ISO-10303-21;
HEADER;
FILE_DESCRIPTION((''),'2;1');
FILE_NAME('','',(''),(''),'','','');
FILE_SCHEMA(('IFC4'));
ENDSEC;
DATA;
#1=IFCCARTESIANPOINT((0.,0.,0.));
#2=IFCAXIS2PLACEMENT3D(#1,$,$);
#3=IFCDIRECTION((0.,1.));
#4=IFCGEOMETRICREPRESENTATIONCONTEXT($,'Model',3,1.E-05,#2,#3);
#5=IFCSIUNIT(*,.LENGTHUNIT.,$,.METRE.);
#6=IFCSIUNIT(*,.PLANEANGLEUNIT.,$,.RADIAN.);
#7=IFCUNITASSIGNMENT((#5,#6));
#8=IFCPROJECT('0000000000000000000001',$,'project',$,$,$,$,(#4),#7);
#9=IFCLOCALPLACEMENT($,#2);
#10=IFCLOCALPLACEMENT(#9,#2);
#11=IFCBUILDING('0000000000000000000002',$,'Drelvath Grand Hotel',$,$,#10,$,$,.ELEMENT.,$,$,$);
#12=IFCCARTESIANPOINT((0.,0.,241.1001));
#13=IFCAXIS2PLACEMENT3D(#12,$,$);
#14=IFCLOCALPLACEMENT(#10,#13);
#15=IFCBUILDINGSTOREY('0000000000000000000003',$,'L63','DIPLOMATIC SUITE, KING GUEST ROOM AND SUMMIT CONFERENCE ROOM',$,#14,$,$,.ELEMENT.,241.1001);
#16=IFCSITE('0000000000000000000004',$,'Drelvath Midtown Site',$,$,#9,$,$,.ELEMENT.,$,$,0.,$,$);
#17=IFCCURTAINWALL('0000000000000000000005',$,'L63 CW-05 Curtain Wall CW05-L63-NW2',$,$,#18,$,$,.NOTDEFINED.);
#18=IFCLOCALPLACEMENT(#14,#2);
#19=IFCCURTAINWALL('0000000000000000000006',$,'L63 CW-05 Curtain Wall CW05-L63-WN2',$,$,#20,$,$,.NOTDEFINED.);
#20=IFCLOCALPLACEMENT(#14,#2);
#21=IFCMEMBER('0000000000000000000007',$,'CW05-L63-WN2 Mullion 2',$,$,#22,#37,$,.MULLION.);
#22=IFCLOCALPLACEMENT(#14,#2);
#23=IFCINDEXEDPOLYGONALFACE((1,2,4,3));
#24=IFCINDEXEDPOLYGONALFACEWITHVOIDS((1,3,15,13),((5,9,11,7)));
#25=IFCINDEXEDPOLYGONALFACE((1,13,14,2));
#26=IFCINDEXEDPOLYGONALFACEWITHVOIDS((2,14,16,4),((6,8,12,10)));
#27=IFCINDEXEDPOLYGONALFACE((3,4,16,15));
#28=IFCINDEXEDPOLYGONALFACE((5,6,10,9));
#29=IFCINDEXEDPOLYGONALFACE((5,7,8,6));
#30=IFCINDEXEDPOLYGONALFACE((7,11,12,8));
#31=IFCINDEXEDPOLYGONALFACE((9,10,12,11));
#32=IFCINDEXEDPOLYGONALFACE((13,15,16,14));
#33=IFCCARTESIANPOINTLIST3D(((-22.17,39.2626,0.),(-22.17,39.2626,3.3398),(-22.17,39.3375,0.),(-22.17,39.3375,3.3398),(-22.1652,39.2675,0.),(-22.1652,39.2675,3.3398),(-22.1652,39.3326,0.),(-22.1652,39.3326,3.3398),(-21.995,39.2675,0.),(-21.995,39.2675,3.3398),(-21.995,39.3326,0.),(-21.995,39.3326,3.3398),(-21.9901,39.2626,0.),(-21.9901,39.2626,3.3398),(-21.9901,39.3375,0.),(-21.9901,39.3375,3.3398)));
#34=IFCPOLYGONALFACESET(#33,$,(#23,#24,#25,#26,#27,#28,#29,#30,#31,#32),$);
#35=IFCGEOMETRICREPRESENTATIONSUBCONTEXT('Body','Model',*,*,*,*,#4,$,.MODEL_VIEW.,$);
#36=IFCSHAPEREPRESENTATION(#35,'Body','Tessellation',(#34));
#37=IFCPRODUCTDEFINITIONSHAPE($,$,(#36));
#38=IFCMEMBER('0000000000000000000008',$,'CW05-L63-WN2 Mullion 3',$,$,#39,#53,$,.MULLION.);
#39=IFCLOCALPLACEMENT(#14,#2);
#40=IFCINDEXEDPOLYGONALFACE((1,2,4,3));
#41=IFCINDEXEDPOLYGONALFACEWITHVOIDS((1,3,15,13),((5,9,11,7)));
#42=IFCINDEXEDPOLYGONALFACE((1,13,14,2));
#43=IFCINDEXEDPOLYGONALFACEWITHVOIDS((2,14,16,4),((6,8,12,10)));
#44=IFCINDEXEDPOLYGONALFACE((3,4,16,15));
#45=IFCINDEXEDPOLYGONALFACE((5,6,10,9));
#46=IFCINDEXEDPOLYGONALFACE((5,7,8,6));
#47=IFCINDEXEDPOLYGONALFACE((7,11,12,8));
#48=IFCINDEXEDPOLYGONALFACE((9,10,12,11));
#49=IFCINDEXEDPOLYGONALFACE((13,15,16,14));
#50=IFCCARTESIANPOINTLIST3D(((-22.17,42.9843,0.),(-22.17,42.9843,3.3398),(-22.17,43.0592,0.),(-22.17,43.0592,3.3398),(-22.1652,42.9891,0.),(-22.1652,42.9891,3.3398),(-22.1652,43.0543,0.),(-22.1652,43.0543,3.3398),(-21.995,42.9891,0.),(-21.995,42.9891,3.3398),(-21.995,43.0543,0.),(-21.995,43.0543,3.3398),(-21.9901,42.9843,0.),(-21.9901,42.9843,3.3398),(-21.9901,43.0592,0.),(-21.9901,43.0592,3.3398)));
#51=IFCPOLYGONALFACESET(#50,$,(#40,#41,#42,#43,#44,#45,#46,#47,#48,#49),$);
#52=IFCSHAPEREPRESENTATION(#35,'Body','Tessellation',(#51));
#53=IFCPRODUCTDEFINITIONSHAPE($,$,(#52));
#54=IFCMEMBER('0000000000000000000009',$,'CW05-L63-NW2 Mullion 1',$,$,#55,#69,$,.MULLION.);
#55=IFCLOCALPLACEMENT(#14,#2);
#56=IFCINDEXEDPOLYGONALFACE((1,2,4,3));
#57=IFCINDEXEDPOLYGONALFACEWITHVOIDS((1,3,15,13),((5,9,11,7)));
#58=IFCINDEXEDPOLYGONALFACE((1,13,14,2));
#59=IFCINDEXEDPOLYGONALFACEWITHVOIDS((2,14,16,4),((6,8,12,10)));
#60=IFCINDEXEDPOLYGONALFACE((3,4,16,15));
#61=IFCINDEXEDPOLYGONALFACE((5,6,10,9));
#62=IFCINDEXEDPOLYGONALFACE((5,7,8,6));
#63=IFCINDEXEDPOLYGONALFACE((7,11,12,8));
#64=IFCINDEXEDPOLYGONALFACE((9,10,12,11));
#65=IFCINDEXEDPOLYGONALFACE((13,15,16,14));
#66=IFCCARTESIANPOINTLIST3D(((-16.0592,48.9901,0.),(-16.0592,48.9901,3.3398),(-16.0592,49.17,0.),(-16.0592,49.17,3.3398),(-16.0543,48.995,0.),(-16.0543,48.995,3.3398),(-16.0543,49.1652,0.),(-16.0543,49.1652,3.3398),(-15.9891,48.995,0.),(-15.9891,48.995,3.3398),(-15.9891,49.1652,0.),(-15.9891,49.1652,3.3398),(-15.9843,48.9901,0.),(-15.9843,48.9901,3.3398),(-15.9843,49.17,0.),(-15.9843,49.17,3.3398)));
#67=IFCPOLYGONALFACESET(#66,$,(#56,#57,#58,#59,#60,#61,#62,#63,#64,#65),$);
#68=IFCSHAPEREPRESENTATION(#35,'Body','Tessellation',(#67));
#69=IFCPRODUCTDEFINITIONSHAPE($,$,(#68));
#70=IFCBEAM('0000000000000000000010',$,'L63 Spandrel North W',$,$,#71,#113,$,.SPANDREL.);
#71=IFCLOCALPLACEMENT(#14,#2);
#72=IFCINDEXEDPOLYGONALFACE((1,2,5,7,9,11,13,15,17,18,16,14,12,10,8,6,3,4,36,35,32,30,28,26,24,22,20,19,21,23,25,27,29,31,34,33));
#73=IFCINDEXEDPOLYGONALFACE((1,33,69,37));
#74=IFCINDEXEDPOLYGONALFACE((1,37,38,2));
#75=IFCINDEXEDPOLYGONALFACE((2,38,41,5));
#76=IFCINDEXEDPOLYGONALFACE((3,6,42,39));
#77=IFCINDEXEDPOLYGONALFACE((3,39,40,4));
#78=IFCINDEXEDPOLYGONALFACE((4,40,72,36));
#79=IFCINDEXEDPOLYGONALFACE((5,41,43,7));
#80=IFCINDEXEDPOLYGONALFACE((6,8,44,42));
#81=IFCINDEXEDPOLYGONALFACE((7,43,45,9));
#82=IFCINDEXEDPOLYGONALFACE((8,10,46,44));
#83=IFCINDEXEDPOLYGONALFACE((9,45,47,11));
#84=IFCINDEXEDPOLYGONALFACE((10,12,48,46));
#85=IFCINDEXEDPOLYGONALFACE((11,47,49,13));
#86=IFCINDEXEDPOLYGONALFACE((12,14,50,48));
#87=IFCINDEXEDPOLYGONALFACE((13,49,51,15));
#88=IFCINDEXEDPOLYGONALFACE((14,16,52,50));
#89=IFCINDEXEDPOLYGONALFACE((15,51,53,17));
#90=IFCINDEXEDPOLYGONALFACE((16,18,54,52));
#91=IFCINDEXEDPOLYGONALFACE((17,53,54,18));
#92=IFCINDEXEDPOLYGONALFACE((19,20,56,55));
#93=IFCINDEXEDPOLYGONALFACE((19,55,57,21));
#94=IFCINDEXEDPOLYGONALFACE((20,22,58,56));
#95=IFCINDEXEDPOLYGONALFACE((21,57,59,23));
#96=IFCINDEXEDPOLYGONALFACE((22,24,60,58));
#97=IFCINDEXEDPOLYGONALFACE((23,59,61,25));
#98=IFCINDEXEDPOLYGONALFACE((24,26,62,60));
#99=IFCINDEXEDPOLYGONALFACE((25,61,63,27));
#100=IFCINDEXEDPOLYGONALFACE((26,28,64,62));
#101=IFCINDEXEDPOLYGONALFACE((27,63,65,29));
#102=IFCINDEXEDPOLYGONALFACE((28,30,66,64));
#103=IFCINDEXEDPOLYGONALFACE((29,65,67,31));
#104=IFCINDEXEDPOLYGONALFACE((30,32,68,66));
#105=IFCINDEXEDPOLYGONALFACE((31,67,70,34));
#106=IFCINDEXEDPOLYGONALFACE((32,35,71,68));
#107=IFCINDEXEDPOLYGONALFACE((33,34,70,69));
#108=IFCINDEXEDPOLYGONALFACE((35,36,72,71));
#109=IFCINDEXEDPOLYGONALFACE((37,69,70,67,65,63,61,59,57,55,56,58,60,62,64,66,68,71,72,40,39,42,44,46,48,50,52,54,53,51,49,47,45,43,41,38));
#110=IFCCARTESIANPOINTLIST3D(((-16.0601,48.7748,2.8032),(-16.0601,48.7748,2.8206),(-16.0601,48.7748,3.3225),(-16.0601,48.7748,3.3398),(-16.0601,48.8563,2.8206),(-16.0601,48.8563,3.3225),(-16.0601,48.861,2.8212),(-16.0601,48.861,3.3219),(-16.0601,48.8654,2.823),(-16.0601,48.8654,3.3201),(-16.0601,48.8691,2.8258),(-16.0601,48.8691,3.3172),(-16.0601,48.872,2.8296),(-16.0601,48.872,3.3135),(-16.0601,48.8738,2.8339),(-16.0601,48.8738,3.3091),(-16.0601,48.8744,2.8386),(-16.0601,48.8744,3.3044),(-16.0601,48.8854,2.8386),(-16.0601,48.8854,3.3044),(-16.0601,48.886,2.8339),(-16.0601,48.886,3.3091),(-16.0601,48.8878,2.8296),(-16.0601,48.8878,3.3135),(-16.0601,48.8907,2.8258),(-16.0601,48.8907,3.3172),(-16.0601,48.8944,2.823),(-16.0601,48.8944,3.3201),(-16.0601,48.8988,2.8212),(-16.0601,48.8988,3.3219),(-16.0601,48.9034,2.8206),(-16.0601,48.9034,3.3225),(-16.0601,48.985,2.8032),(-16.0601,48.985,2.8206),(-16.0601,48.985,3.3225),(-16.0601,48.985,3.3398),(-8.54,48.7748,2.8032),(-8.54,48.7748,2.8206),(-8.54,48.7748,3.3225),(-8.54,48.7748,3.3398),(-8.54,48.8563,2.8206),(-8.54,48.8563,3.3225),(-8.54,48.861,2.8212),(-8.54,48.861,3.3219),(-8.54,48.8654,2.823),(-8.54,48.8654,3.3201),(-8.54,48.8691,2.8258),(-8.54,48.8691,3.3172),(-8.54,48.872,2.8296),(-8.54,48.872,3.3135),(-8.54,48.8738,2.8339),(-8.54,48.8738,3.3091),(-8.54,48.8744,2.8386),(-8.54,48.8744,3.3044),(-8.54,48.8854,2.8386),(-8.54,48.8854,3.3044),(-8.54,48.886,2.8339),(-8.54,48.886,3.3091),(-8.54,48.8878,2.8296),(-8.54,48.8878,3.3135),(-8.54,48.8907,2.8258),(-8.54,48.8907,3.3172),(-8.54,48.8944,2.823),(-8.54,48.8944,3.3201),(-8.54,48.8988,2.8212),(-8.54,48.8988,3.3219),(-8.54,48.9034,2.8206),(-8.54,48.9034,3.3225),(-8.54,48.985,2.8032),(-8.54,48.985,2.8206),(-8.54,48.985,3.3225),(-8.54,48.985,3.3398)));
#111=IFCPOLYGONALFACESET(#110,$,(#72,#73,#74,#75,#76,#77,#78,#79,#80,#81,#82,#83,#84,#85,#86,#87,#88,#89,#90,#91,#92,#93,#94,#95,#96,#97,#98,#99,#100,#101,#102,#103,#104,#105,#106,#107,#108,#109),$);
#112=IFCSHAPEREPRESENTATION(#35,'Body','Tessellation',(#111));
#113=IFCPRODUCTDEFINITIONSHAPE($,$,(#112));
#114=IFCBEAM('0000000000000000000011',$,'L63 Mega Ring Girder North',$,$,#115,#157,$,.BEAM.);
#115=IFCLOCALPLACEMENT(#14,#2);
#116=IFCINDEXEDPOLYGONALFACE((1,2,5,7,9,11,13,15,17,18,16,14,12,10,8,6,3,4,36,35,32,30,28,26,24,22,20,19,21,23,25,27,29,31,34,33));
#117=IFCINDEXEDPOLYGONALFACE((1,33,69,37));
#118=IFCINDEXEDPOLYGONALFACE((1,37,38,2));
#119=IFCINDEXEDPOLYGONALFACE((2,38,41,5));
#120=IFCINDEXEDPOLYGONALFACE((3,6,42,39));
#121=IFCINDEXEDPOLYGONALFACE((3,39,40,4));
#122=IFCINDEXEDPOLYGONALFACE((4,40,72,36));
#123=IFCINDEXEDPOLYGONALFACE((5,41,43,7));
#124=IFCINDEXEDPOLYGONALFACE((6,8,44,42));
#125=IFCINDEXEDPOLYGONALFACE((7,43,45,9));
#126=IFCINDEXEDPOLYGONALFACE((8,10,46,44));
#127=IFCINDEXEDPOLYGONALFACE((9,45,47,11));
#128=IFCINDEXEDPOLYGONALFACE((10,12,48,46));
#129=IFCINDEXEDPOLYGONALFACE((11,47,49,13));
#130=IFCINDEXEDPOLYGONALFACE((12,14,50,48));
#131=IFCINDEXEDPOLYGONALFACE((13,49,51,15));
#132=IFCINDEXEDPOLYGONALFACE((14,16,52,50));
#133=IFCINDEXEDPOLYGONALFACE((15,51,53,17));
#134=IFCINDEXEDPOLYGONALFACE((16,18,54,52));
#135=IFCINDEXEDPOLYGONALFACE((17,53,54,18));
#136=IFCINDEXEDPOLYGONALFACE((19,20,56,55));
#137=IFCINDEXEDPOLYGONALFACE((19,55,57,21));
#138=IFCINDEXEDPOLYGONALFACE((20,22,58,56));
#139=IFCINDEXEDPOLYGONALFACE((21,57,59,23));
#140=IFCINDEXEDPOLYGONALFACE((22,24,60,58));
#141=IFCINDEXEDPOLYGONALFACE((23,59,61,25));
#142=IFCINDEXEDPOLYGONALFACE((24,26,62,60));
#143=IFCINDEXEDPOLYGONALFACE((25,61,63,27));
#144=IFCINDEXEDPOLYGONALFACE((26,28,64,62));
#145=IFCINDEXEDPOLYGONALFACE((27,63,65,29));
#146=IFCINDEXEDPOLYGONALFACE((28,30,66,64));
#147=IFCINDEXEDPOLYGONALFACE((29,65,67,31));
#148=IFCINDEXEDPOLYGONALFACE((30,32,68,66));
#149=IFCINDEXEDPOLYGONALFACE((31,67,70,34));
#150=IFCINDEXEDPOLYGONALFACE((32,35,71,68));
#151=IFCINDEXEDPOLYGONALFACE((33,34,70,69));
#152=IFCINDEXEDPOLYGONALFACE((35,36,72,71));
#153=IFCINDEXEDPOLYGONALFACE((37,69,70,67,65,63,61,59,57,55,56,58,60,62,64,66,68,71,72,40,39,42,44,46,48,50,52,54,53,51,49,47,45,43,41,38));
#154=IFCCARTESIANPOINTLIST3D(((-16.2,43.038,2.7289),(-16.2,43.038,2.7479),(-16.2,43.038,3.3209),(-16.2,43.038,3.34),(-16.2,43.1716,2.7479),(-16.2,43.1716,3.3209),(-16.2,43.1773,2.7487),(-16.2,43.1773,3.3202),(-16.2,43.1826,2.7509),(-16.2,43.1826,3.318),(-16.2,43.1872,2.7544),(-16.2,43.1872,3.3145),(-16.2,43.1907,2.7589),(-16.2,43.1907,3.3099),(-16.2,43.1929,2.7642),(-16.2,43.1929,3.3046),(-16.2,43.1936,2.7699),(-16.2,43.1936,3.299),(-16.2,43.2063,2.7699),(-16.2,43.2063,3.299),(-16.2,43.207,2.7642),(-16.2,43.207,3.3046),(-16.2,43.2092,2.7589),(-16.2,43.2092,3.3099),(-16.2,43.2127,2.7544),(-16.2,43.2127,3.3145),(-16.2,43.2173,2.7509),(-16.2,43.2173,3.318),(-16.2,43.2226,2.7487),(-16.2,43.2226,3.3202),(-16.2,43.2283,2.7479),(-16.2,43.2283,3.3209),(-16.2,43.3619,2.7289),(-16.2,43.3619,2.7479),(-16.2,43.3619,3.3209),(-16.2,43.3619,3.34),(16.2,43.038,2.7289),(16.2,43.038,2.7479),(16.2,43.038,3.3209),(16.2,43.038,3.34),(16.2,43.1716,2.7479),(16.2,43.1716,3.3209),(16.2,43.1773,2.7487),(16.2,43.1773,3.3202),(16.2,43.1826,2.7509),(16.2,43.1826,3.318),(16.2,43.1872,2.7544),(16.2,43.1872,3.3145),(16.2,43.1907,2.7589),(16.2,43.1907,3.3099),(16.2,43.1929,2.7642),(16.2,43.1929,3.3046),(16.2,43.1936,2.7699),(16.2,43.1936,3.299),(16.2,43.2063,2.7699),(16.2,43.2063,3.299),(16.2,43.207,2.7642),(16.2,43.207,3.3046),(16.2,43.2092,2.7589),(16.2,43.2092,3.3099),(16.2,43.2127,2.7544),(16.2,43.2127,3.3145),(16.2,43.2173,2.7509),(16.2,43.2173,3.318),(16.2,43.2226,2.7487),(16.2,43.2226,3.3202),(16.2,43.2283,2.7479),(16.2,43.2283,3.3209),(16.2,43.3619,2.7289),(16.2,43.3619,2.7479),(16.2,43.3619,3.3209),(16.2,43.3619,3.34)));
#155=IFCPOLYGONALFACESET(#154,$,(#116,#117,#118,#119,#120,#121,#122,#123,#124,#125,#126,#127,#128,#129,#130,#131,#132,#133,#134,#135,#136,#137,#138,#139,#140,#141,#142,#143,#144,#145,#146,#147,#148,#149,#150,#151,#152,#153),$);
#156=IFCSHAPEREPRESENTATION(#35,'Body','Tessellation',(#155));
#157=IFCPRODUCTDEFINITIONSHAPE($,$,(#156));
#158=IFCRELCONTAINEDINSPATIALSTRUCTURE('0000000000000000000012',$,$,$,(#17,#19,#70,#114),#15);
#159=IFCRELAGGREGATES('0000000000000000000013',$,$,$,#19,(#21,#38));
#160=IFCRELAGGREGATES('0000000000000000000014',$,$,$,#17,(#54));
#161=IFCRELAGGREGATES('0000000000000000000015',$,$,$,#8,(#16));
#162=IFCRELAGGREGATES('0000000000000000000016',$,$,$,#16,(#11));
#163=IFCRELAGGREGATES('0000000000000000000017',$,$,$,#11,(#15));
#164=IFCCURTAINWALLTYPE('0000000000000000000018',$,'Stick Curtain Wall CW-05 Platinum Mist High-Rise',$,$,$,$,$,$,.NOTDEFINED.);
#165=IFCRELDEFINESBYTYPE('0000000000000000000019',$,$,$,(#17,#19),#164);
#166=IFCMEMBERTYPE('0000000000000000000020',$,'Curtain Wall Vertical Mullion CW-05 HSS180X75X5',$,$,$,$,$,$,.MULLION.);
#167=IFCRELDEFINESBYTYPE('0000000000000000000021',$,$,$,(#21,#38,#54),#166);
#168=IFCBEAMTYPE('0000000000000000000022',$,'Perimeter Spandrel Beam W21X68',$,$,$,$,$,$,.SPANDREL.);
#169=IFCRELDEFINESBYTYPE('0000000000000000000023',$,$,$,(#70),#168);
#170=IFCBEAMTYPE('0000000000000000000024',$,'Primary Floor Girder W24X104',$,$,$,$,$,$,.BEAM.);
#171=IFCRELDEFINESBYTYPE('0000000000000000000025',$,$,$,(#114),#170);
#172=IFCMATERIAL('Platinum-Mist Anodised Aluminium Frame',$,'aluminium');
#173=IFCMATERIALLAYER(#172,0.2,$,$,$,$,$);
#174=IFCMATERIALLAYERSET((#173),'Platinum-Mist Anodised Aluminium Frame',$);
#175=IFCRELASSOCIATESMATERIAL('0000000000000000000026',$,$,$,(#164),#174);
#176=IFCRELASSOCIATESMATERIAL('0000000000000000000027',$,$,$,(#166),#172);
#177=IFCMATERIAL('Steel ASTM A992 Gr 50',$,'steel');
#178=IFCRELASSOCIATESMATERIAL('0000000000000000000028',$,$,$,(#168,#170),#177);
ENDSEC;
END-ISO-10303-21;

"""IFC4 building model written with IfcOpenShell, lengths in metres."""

from ifc_helpers import new_model, si_unit, direction, frame, origin, origin_2d, place, context, subcontext, project, spatial, hollow_rectangle, i_section, extrude, material, layer, layer_set, material_profile, profile_set, type_object, element, aggregate, save


model = new_model("IFC4")

# Units and contexts
model_context = context("Model", 3, precision=1e-05, world=origin(), true_north=direction((0.0, 1.0)))
body_context = subcontext(model_context, "Body", "Model", "MODEL_VIEW")
ifc_project = project(units=[si_unit("LENGTHUNIT", "METRE"), si_unit("PLANEANGLEUNIT", "RADIAN")], contexts=[model_context])

# Site, building, storey
site_placement = place(None, origin())
site = spatial("IfcSite", under=ifc_project, at=site_placement, Name="Drelvath Midtown Site", CompositionType="ELEMENT", RefElevation=0.0)
building_placement = place(site_placement, origin())
building = spatial("IfcBuilding", under=site, at=building_placement, Name="Drelvath Grand Hotel", CompositionType="ELEMENT")
storey_placement = place(building_placement, frame((0.0, 0.0, 241.1001)))
storey = spatial("IfcBuildingStorey", under=building, at=storey_placement, Name="L63", Description="DIPLOMATIC SUITE, KING GUEST ROOM AND SUMMIT CONFERENCE ROOM", CompositionType="ELEMENT", Elevation=241.1001)

# Shared definitions
ifc_material_1 = material(Name="Steel ASTM A992 Gr 50", Category="steel")

# Curtain wall
ifc_material_2 = material(Name="Platinum-Mist Anodised Aluminium Frame", Category="aluminium")
ifc_layer_1 = layer(ifc_material_2, 0.2)
ifc_layer_set_1 = layer_set([ifc_layer_1], Name="Platinum-Mist Anodised Aluminium Frame")
curtain_wall_type = type_object("IfcCurtainWallType", Name="Stick Curtain Wall CW-05 Platinum Mist High-Rise", PredefinedType="NOTDEFINED", material=ifc_layer_set_1)
curtain_wall_1_placement = place(storey_placement, origin())
curtain_wall_1 = element("IfcCurtainWall", 1, at=curtain_wall_1_placement, inside=storey, type_object=curtain_wall_type, Name="L63 CW-05 Curtain Wall CW05-L63-NW2", PredefinedType="NOTDEFINED")

# Curtain wall, members
curtain_wall_2_placement = place(storey_placement, origin())
curtain_wall_2 = element("IfcCurtainWall", 2, at=curtain_wall_2_placement, inside=storey, type_object=curtain_wall_type, Name="L63 CW-05 Curtain Wall CW05-L63-WN2", PredefinedType="NOTDEFINED")
ifc_material_profile_1 = material_profile(ifc_material_2, hollow_rectangle(XDim=0.075, YDim=0.1799, WallThickness=0.0049, at=origin_2d()), Name="HSS180X75X5")
ifc_profile_set_1 = profile_set([ifc_material_profile_1], Name="Platinum-Mist Anodised Aluminium Frame")
member_type_1 = type_object("IfcMemberType", Name="Curtain Wall Vertical Mullion CW-05 HSS180X75X5", PredefinedType="MULLION", material=ifc_profile_set_1)
member_1_placement = place(storey_placement, frame((-22.0801, 39.3, 0.0), z_axis=(0.0, 0.0, 1.0), x_axis=(0.0, 1.0, 0.0)))
member_1 = element("IfcMember", 3, at=member_1_placement, type_object=member_type_1, Name="CW05-L63-WN2 Mullion 2", PredefinedType="MULLION", context=body_context, shape_type="SweptSolid", body=[
    extrude(hollow_rectangle(XDim=0.075, YDim=0.1799, WallThickness=0.0049, at=origin_2d()), origin(), (0.0, 0.0, 1.0), 3.3398),
])
member_2_placement = place(storey_placement, frame((-22.0801, 43.0217, 0.0), z_axis=(0.0, 0.0, 1.0), x_axis=(0.0, 1.0, 0.0)))
member_2 = element("IfcMember", 4, at=member_2_placement, type_object=member_type_1, Name="CW05-L63-WN2 Mullion 3", PredefinedType="MULLION", context=body_context, shape_type="SweptSolid", body=[
    extrude(hollow_rectangle(XDim=0.075, YDim=0.1799, WallThickness=0.0049, at=origin_2d()), origin(), (0.0, 0.0, 1.0), 3.3398),
])

# Member
member_3_placement = place(storey_placement, frame((-16.0217, 49.0801, 0.0), z_axis=(0.0, 0.0, 1.0), x_axis=(1.0, 0.0, 0.0)))
member_3 = element("IfcMember", 5, at=member_3_placement, type_object=member_type_1, Name="CW05-L63-NW2 Mullion 1", PredefinedType="MULLION", context=body_context, shape_type="SweptSolid", body=[
    extrude(hollow_rectangle(XDim=0.075, YDim=0.1799, WallThickness=0.0049, at=origin_2d()), origin(), (0.0, 0.0, 1.0), 3.3398),
])

# Beams
ifc_material_profile_2 = material_profile(ifc_material_1, i_section(OverallWidth=0.2102, OverallDepth=0.5366, WebThickness=0.011, FlangeThickness=0.0173, FilletRadius=0.0181, at=origin_2d()), Name="W21X68")
ifc_profile_set_2 = profile_set([ifc_material_profile_2], Name="Steel ASTM A992 Gr 50")
beam_type_1 = type_object("IfcBeamType", Name="Perimeter Spandrel Beam W21X68", PredefinedType="SPANDREL", material=ifc_profile_set_2)
beam_1_placement = place(storey_placement, frame((-16.0601, 48.8799, 3.0715), z_axis=(1.0, 0.0, 0.0), x_axis=(0.0, 1.0, 0.0)))
element("IfcBeam", 6, at=beam_1_placement, inside=storey, type_object=beam_type_1, Name="L63 Spandrel North W", PredefinedType="SPANDREL", context=body_context, shape_type="SweptSolid", body=[
    extrude(i_section(OverallWidth=0.2102, OverallDepth=0.5366, WebThickness=0.011, FlangeThickness=0.0173, FilletRadius=0.0181, at=origin_2d()), origin(), (0.0, 0.0, 1.0), 7.52),
])
ifc_material_profile_3 = material_profile(ifc_material_1, i_section(OverallWidth=0.324, OverallDepth=0.6111, WebThickness=0.0127, FlangeThickness=0.019, FilletRadius=0.022, at=origin_2d()), Name="W24X104")
ifc_profile_set_3 = profile_set([ifc_material_profile_3], Name="Steel ASTM A992 Gr 50")
beam_type_2 = type_object("IfcBeamType", Name="Primary Floor Girder W24X104", PredefinedType="BEAM", material=ifc_profile_set_3)
beam_2_placement = place(storey_placement, frame((-16.2, 43.2, 3.0344), z_axis=(1.0, 0.0, 0.0), x_axis=(0.0, 1.0, 0.0)))
element("IfcBeam", 7, at=beam_2_placement, inside=storey, type_object=beam_type_2, Name="L63 Mega Ring Girder North", PredefinedType="BEAM", context=body_context, shape_type="SweptSolid", body=[
    extrude(i_section(OverallWidth=0.324, OverallDepth=0.6111, WebThickness=0.0127, FlangeThickness=0.019, FilletRadius=0.022, at=origin_2d()), origin(), (0.0, 0.0, 1.0), 32.3999),
])

aggregate(curtain_wall_2, [member_1, member_2])
aggregate(curtain_wall_1, [member_3])

save(model, "model.ifc")
